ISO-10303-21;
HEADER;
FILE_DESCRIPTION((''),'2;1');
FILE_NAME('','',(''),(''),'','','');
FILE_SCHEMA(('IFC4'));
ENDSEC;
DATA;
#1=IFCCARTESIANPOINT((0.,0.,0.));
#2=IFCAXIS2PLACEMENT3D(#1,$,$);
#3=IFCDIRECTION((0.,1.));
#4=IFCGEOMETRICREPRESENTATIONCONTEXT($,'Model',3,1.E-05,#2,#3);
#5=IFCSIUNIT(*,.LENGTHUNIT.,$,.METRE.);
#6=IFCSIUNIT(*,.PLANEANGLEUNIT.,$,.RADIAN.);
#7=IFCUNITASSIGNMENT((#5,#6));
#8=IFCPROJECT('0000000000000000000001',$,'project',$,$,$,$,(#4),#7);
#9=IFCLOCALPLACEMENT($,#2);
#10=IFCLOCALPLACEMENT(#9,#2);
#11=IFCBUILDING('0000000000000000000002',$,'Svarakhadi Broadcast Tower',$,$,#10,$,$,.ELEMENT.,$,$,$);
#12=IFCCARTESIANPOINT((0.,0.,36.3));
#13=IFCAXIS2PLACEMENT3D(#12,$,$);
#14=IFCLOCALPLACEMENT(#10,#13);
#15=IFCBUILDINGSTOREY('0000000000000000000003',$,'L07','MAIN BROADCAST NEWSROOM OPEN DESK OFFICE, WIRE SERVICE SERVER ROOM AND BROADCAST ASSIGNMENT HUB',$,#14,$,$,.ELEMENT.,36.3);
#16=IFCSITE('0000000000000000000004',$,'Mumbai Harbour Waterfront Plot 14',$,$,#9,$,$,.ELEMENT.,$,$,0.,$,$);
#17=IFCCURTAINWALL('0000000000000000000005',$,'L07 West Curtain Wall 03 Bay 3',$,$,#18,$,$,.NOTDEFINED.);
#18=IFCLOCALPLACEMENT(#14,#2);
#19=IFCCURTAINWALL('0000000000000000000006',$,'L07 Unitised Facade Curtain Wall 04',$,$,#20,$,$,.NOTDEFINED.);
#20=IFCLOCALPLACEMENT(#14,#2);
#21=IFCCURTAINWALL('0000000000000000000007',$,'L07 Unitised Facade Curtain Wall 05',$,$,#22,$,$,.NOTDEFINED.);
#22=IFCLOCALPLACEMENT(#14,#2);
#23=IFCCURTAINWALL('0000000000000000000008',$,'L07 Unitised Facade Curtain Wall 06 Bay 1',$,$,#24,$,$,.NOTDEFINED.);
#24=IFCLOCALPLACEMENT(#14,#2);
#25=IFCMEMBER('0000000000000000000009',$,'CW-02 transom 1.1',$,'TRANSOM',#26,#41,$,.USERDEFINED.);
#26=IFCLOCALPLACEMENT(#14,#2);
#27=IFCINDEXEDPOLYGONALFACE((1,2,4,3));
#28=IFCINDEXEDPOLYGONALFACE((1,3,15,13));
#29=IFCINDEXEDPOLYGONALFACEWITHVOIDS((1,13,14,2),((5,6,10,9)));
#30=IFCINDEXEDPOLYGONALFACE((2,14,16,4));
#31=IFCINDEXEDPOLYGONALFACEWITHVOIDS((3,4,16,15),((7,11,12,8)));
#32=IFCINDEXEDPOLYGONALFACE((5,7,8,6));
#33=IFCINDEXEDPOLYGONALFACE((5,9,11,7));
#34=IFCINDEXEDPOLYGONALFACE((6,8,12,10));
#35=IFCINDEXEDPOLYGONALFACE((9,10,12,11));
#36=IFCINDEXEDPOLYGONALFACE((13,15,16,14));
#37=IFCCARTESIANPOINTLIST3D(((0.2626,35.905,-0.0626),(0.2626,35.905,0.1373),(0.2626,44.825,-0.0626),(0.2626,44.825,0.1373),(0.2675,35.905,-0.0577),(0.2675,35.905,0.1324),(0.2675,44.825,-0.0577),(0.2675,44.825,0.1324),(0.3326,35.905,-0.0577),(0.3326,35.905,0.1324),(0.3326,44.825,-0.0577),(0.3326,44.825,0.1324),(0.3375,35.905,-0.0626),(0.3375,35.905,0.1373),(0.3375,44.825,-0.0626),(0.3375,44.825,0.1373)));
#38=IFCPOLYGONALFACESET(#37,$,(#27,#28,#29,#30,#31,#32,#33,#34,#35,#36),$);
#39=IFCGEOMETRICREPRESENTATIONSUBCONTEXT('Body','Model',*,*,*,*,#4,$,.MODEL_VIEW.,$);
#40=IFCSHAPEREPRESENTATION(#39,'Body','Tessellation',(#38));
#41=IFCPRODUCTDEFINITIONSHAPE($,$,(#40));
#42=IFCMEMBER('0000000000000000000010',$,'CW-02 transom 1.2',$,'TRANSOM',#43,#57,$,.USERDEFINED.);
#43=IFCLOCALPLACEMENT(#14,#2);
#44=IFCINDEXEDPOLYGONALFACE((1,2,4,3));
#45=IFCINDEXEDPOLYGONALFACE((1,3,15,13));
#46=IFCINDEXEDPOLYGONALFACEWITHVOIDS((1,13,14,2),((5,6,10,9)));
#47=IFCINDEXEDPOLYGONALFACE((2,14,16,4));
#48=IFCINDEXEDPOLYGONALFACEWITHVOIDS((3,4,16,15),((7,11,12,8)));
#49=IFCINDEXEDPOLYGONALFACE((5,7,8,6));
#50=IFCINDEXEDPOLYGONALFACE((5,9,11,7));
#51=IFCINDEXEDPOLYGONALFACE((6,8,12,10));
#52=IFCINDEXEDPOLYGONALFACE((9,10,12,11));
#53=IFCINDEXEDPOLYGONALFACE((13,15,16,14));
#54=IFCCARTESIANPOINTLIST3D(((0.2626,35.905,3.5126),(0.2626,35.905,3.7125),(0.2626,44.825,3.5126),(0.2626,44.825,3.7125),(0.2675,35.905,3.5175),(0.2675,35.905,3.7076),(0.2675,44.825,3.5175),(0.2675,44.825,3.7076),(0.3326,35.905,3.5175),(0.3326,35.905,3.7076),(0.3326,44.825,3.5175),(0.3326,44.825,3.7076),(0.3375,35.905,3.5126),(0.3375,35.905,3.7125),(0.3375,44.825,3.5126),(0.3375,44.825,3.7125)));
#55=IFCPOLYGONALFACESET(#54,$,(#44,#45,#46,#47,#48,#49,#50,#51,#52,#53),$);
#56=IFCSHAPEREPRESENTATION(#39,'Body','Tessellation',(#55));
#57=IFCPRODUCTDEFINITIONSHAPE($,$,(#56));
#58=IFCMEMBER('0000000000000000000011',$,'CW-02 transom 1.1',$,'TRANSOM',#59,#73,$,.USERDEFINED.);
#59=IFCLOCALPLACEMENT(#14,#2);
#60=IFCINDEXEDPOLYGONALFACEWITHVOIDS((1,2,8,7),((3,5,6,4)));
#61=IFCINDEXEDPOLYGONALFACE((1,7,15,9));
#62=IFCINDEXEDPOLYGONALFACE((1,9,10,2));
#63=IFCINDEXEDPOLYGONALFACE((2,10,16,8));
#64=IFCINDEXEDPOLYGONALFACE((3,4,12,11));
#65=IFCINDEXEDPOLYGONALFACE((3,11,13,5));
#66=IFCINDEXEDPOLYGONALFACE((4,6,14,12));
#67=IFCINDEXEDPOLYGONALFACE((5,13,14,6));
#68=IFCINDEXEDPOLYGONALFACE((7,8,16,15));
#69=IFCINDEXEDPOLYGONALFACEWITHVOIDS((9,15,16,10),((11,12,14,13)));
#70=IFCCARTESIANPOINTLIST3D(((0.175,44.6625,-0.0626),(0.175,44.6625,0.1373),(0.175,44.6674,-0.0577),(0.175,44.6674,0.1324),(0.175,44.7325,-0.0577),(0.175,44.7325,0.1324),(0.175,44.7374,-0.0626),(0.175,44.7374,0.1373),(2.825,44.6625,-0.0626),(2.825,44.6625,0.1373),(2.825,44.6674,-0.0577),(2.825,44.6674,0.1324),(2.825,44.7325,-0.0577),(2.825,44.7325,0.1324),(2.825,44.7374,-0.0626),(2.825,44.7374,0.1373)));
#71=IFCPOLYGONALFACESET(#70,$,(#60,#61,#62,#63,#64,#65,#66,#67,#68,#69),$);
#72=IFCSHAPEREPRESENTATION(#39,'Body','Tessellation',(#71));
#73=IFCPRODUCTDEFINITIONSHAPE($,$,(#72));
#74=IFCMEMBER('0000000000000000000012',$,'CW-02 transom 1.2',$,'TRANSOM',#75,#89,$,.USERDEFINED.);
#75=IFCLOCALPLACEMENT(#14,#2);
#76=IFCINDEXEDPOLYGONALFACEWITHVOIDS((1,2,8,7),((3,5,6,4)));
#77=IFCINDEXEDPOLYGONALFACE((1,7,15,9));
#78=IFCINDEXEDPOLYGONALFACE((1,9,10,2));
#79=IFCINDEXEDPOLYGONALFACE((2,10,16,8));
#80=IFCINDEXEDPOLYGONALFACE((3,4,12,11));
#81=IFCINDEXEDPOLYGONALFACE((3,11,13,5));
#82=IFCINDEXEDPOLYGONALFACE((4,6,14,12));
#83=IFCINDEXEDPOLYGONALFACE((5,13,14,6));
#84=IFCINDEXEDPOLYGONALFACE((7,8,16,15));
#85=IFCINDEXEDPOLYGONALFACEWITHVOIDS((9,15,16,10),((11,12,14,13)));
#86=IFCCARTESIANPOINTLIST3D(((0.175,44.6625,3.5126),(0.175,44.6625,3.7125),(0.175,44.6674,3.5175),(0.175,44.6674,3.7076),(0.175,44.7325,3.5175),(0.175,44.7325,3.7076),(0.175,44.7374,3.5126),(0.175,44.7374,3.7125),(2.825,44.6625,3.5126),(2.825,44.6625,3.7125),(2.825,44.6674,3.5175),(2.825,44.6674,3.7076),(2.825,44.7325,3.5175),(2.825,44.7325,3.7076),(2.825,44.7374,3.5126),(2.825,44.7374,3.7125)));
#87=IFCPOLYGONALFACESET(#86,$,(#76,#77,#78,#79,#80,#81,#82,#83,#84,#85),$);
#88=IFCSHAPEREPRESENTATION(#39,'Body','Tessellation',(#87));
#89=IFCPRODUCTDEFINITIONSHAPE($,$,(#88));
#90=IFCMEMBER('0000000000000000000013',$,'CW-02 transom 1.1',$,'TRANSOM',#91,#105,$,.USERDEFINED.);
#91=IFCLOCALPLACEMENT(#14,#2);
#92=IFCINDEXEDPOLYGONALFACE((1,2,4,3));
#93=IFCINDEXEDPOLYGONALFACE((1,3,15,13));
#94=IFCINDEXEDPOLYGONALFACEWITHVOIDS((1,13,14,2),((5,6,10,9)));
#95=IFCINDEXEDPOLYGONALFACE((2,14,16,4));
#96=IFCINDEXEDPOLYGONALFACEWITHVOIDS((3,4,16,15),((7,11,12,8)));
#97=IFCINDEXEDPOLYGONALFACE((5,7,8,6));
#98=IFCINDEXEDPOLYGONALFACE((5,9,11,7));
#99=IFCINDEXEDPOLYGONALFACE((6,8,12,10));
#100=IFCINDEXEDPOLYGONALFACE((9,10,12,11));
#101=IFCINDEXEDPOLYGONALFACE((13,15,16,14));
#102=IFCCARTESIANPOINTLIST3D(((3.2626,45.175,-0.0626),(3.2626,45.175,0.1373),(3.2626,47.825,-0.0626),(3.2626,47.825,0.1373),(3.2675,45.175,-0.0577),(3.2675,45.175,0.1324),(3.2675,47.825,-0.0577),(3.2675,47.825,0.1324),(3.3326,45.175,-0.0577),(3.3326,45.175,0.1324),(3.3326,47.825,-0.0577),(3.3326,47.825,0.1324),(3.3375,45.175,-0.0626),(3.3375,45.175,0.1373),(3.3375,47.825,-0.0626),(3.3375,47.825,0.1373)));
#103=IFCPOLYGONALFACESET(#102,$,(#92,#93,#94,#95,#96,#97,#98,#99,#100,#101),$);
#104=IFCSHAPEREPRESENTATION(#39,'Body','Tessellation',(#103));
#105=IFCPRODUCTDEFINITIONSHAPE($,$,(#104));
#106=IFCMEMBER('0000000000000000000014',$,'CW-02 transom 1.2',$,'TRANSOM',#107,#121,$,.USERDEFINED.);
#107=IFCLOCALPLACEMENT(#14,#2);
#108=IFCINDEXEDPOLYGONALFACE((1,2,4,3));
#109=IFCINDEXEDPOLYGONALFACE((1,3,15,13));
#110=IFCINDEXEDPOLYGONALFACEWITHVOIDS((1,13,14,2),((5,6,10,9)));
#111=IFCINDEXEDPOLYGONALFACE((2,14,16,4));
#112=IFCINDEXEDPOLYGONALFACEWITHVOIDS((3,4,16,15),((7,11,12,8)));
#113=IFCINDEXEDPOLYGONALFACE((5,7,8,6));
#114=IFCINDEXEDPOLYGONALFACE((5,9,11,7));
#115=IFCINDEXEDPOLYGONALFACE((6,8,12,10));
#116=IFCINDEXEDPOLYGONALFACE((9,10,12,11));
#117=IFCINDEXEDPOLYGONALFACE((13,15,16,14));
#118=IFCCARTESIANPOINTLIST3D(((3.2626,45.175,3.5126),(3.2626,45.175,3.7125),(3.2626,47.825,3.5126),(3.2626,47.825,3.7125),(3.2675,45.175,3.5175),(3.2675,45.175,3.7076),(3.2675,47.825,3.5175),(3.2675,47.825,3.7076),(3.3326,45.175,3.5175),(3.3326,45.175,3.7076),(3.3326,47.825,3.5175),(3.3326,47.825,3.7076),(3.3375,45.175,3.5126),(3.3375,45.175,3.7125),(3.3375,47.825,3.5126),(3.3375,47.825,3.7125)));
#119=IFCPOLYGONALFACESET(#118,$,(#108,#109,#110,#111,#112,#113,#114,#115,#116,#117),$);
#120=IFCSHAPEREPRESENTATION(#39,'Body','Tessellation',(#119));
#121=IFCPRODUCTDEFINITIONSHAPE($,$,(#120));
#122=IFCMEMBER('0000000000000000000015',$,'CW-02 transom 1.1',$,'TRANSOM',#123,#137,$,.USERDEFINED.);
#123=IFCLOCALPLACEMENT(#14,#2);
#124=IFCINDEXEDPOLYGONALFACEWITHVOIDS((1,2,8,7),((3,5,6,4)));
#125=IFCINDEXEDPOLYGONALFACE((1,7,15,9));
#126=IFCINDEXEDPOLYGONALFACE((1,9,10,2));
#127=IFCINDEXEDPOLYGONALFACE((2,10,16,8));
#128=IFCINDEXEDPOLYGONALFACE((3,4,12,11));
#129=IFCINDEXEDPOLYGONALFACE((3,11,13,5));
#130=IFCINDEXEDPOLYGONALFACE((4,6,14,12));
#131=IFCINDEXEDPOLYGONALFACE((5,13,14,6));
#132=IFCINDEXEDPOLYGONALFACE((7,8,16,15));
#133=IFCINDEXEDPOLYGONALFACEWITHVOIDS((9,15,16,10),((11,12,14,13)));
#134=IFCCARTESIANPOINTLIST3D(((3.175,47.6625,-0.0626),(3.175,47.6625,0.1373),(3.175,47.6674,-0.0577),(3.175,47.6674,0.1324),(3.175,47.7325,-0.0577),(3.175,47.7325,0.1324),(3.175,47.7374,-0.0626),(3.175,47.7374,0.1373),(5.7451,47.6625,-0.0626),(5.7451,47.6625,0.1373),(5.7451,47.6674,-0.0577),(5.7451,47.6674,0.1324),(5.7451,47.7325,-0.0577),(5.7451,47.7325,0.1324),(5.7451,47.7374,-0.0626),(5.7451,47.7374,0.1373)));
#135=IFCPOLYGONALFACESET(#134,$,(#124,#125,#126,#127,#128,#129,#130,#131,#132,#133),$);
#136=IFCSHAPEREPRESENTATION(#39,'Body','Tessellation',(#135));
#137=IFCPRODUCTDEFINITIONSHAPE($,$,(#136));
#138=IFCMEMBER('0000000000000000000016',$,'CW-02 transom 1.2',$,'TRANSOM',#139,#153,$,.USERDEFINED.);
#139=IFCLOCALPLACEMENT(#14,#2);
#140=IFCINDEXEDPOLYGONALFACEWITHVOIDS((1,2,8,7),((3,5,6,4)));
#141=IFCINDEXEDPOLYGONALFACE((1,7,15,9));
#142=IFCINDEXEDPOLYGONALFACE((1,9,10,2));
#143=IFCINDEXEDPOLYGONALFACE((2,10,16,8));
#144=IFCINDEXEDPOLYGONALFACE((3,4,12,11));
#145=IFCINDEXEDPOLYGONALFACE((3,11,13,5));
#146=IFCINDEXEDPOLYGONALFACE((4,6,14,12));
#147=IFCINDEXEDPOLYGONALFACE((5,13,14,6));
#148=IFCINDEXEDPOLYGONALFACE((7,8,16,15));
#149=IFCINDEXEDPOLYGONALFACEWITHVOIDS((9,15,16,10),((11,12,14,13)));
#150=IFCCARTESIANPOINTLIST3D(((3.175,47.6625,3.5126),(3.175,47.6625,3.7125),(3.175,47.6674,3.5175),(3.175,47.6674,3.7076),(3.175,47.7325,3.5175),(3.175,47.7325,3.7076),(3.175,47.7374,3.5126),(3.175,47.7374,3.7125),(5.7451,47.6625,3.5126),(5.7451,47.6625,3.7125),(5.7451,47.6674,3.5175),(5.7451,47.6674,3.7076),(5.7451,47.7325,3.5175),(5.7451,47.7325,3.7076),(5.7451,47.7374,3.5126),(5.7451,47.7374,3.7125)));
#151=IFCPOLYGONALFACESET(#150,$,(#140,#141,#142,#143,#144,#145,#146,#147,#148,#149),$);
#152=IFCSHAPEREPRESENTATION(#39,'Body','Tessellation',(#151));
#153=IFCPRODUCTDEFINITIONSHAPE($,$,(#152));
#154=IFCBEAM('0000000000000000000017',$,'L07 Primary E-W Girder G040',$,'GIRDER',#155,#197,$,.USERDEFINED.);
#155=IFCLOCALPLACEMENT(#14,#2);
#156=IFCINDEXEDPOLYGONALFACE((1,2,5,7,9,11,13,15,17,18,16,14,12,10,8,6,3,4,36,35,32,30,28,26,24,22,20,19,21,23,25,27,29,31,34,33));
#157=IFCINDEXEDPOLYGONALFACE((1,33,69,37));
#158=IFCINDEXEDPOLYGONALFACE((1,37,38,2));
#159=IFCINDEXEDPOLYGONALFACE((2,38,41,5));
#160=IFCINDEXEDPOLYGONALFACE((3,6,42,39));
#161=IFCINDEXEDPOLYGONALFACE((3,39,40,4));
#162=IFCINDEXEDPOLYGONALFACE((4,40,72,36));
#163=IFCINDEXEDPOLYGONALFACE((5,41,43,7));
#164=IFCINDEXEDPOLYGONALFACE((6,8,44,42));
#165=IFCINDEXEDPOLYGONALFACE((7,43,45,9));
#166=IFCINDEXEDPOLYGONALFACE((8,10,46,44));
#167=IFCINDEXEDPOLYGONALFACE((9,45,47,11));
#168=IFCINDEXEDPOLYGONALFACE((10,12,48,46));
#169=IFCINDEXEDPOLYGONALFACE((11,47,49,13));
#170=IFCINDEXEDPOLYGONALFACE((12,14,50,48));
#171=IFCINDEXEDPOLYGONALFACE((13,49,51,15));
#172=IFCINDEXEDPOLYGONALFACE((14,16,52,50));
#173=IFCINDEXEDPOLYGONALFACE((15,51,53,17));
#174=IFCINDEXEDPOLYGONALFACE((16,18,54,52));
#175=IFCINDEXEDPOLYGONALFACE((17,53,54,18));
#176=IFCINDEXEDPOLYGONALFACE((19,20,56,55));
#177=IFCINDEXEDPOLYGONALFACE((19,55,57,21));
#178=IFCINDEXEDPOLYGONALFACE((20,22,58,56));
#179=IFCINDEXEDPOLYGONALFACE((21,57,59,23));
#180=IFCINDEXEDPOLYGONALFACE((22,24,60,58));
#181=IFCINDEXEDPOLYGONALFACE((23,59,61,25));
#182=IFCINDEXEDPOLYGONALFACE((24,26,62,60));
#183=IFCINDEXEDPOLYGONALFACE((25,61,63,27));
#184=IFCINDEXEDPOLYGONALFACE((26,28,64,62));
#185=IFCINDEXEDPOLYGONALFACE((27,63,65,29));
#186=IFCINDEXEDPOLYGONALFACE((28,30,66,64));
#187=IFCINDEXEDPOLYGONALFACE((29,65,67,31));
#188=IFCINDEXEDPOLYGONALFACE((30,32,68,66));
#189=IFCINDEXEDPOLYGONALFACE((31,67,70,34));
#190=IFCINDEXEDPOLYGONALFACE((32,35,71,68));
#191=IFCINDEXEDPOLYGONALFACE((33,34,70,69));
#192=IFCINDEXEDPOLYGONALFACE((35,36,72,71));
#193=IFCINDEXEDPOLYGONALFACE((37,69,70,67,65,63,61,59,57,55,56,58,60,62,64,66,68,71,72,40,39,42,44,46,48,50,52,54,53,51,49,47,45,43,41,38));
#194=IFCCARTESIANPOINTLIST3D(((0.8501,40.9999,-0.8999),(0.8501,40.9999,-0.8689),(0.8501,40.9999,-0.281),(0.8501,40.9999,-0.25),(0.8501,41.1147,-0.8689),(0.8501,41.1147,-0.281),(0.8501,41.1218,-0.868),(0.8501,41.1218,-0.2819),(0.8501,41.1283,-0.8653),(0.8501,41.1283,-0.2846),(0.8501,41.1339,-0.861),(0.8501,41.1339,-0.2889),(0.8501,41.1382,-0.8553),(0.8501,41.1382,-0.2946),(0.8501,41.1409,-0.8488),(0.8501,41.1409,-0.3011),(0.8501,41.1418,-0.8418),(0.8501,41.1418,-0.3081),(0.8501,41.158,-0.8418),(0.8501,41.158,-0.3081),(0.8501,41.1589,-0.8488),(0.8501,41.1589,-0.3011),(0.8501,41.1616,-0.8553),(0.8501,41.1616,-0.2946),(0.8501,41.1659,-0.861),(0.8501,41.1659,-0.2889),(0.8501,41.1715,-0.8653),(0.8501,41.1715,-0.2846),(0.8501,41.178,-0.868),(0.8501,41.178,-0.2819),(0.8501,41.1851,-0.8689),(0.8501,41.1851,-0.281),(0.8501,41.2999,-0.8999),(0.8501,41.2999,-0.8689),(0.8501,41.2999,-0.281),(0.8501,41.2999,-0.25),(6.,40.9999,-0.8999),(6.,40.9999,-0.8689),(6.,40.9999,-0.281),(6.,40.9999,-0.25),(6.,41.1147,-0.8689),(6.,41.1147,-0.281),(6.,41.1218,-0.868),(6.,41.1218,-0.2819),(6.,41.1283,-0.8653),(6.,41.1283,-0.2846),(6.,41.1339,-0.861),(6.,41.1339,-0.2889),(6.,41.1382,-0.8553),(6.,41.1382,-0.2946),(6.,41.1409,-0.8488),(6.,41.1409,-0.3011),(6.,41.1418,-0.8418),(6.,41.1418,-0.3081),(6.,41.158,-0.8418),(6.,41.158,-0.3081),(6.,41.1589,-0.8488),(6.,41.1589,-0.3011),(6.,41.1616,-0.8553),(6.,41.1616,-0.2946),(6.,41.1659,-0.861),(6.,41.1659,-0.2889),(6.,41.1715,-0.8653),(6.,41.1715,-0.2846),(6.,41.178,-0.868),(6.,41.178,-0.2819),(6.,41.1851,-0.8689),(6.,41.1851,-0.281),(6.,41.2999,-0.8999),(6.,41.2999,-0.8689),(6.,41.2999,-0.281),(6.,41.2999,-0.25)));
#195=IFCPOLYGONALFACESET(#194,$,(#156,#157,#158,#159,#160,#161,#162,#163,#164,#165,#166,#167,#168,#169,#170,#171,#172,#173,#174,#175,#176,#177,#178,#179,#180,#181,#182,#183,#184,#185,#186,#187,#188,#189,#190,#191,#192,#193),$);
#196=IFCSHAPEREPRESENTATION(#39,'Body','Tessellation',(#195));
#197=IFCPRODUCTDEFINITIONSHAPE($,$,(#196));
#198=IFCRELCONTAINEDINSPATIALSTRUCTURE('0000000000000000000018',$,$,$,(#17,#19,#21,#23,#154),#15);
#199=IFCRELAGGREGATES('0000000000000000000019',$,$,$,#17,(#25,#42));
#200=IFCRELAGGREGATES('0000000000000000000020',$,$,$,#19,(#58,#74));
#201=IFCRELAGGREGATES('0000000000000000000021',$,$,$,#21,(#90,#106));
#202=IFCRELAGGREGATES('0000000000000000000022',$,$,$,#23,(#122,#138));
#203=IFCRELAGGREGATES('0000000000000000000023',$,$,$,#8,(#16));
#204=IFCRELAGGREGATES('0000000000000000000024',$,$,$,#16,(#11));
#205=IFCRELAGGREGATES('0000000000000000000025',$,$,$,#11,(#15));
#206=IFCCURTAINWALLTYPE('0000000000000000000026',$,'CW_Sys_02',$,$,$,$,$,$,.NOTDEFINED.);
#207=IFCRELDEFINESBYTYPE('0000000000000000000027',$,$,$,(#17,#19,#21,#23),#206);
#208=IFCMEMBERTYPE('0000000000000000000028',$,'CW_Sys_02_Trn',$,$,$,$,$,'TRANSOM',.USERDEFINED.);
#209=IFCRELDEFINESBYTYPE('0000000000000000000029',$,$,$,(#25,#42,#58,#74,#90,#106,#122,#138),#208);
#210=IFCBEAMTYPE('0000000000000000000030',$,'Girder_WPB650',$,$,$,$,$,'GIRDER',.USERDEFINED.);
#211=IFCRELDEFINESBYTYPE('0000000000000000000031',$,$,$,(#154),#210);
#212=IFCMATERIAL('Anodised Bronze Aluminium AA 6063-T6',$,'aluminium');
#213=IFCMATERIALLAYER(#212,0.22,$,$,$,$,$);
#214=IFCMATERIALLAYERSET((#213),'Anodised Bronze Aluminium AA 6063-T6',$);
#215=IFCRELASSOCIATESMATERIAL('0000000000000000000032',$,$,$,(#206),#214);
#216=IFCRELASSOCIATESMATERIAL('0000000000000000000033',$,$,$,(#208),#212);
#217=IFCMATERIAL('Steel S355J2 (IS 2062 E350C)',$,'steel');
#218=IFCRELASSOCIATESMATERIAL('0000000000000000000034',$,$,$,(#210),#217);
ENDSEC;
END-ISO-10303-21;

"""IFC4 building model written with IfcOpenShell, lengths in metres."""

from ifc_helpers import new_model, si_unit, direction, frame, origin, origin_2d, place, context, subcontext, project, spatial, hollow_rectangle, i_section, extrude, material, layer, layer_set, material_profile, profile_set, type_object, element, aggregate, save


model = new_model("IFC4")

# Units and contexts
model_context = context("Model", 3, precision=1e-05, world=origin(), true_north=direction((0.0, 1.0)))
body_context = subcontext(model_context, "Body", "Model", "MODEL_VIEW")
ifc_project = project(units=[si_unit("LENGTHUNIT", "METRE"), si_unit("PLANEANGLEUNIT", "RADIAN")], contexts=[model_context])

# Site, building, storey
site_placement = place(None, origin())
site = spatial("IfcSite", under=ifc_project, at=site_placement, Name="Mumbai Harbour Waterfront Plot 14", CompositionType="ELEMENT", RefElevation=0.0)
building_placement = place(site_placement, origin())
building = spatial("IfcBuilding", under=site, at=building_placement, Name="Svarakhadi Broadcast Tower", CompositionType="ELEMENT")
storey_placement = place(building_placement, frame((0.0, 0.0, 36.3)))
storey = spatial("IfcBuildingStorey", under=building, at=storey_placement, Name="L07", Description="MAIN BROADCAST NEWSROOM OPEN DESK OFFICE, WIRE SERVICE SERVER ROOM AND BROADCAST ASSIGNMENT HUB", CompositionType="ELEMENT", Elevation=36.3)

# Shared definitions
ifc_material_1 = material(Name="Steel S355J2 (IS 2062 E350C)", Category="steel")

# Curtain walls
ifc_material_2 = material(Name="Anodised Bronze Aluminium AA 6063-T6", Category="aluminium")
ifc_layer_1 = layer(ifc_material_2, 0.22)
ifc_layer_set_1 = layer_set([ifc_layer_1], Name="Anodised Bronze Aluminium AA 6063-T6")
curtain_wall_type = type_object("IfcCurtainWallType", Name="CW_Sys_02", PredefinedType="NOTDEFINED", material=ifc_layer_set_1)
curtain_wall_1_placement = place(storey_placement, origin())
curtain_wall_1 = element("IfcCurtainWall", 1, at=curtain_wall_1_placement, inside=storey, type_object=curtain_wall_type, Name="L07 West Curtain Wall 03 Bay 3", PredefinedType="NOTDEFINED")
curtain_wall_2_placement = place(storey_placement, origin())
curtain_wall_2 = element("IfcCurtainWall", 2, at=curtain_wall_2_placement, inside=storey, type_object=curtain_wall_type, Name="L07 Unitised Facade Curtain Wall 04", PredefinedType="NOTDEFINED")
curtain_wall_3_placement = place(storey_placement, origin())
curtain_wall_3 = element("IfcCurtainWall", 3, at=curtain_wall_3_placement, inside=storey, type_object=curtain_wall_type, Name="L07 Unitised Facade Curtain Wall 05", PredefinedType="NOTDEFINED")
curtain_wall_4_placement = place(storey_placement, origin())
curtain_wall_4 = element("IfcCurtainWall", 4, at=curtain_wall_4_placement, inside=storey, type_object=curtain_wall_type, Name="L07 Unitised Facade Curtain Wall 06 Bay 1", PredefinedType="NOTDEFINED")

# Members
ifc_material_profile_1 = material_profile(ifc_material_2, hollow_rectangle(XDim=0.075, YDim=0.2, WallThickness=0.0049, at=origin_2d()), Name="ALU TRANSOM 200x75x5")
ifc_profile_set_1 = profile_set([ifc_material_profile_1], Name="Anodised Bronze Aluminium AA 6063-T6")
member_type_1 = type_object("IfcMemberType", Name="CW_Sys_02_Trn", ElementType="TRANSOM", PredefinedType="USERDEFINED", material=ifc_profile_set_1)
member_1_placement = place(storey_placement, frame((0.3, 35.905, 0.0374), z_axis=(0.0, 1.0, 0.0), x_axis=(-1.0, 0.0, 0.0)))
member_1 = element("IfcMember", 5, at=member_1_placement, type_object=member_type_1, Name="CW-02 transom 1.1", ObjectType="TRANSOM", PredefinedType="USERDEFINED", context=body_context, shape_type="SweptSolid", body=[
    extrude(hollow_rectangle(XDim=0.075, YDim=0.2, WallThickness=0.0049, at=origin_2d()), origin(), (0.0, 0.0, 1.0), 8.9199),
])
member_2_placement = place(storey_placement, frame((0.3, 35.905, 3.6125), z_axis=(0.0, 1.0, 0.0), x_axis=(-1.0, 0.0, 0.0)))
member_2 = element("IfcMember", 6, at=member_2_placement, type_object=member_type_1, Name="CW-02 transom 1.2", ObjectType="TRANSOM", PredefinedType="USERDEFINED", context=body_context, shape_type="SweptSolid", body=[
    extrude(hollow_rectangle(XDim=0.075, YDim=0.2, WallThickness=0.0049, at=origin_2d()), origin(), (0.0, 0.0, 1.0), 8.9199),
])
member_3_placement = place(storey_placement, frame((0.175, 44.7, 0.0374), z_axis=(1.0, 0.0, 0.0), x_axis=(0.0, 1.0, 0.0)))
member_3 = element("IfcMember", 7, at=member_3_placement, type_object=member_type_1, Name="CW-02 transom 1.1", ObjectType="TRANSOM", PredefinedType="USERDEFINED", context=body_context, shape_type="SweptSolid", body=[
    extrude(hollow_rectangle(XDim=0.075, YDim=0.2, WallThickness=0.0049, at=origin_2d()), origin(), (0.0, 0.0, 1.0), 2.6499),
])
member_4_placement = place(storey_placement, frame((0.175, 44.7, 3.6125), z_axis=(1.0, 0.0, 0.0), x_axis=(0.0, 1.0, 0.0)))
member_4 = element("IfcMember", 8, at=member_4_placement, type_object=member_type_1, Name="CW-02 transom 1.2", ObjectType="TRANSOM", PredefinedType="USERDEFINED", context=body_context, shape_type="SweptSolid", body=[
    extrude(hollow_rectangle(XDim=0.075, YDim=0.2, WallThickness=0.0049, at=origin_2d()), origin(), (0.0, 0.0, 1.0), 2.6499),
])
member_5_placement = place(storey_placement, frame((3.3, 45.175, 0.0374), z_axis=(0.0, 1.0, 0.0), x_axis=(-1.0, 0.0, 0.0)))
member_5 = element("IfcMember", 9, at=member_5_placement, type_object=member_type_1, Name="CW-02 transom 1.1", ObjectType="TRANSOM", PredefinedType="USERDEFINED", context=body_context, shape_type="SweptSolid", body=[
    extrude(hollow_rectangle(XDim=0.075, YDim=0.2, WallThickness=0.0049, at=origin_2d()), origin(), (0.0, 0.0, 1.0), 2.6499),
])
member_6_placement = place(storey_placement, frame((3.3, 45.175, 3.6125), z_axis=(0.0, 1.0, 0.0), x_axis=(-1.0, 0.0, 0.0)))
member_6 = element("IfcMember", 10, at=member_6_placement, type_object=member_type_1, Name="CW-02 transom 1.2", ObjectType="TRANSOM", PredefinedType="USERDEFINED", context=body_context, shape_type="SweptSolid", body=[
    extrude(hollow_rectangle(XDim=0.075, YDim=0.2, WallThickness=0.0049, at=origin_2d()), origin(), (0.0, 0.0, 1.0), 2.6499),
])
member_7_placement = place(storey_placement, frame((3.175, 47.7, 0.0374), z_axis=(1.0, 0.0, 0.0), x_axis=(0.0, 1.0, 0.0)))
member_7 = element("IfcMember", 11, at=member_7_placement, type_object=member_type_1, Name="CW-02 transom 1.1", ObjectType="TRANSOM", PredefinedType="USERDEFINED", context=body_context, shape_type="SweptSolid", body=[
    extrude(hollow_rectangle(XDim=0.075, YDim=0.2, WallThickness=0.0049, at=origin_2d()), origin(), (0.0, 0.0, 1.0), 2.5701),
])
member_8_placement = place(storey_placement, frame((3.175, 47.7, 3.6125), z_axis=(1.0, 0.0, 0.0), x_axis=(0.0, 1.0, 0.0)))
member_8 = element("IfcMember", 12, at=member_8_placement, type_object=member_type_1, Name="CW-02 transom 1.2", ObjectType="TRANSOM", PredefinedType="USERDEFINED", context=body_context, shape_type="SweptSolid", body=[
    extrude(hollow_rectangle(XDim=0.075, YDim=0.2, WallThickness=0.0049, at=origin_2d()), origin(), (0.0, 0.0, 1.0), 2.5701),
])

# Beam
ifc_material_profile_2 = material_profile(ifc_material_1, i_section(OverallWidth=0.3, OverallDepth=0.6499, WebThickness=0.0161, FlangeThickness=0.031, FilletRadius=0.0271, at=origin_2d()), Name="WPB 650x300x225")
ifc_profile_set_2 = profile_set([ifc_material_profile_2], Name="Steel S355J2 (IS 2062 E350C)")
beam_type_1 = type_object("IfcBeamType", Name="Girder_WPB650", ElementType="GIRDER", PredefinedType="USERDEFINED", material=ifc_profile_set_2)
beam_1_placement = place(storey_placement, frame((0.8501, 41.1499, -0.575), z_axis=(1.0, 0.0, 0.0), x_axis=(0.0, 1.0, 0.0)))
element("IfcBeam", 13, at=beam_1_placement, inside=storey, type_object=beam_type_1, Name="L07 Primary E-W Girder G040", ObjectType="GIRDER", PredefinedType="USERDEFINED", context=body_context, shape_type="SweptSolid", body=[
    extrude(i_section(OverallWidth=0.3, OverallDepth=0.6499, WebThickness=0.0161, FlangeThickness=0.031, FilletRadius=0.0271, at=origin_2d()), origin(), (0.0, 0.0, 1.0), 5.1499),
])

aggregate(curtain_wall_1, [member_1, member_2])
aggregate(curtain_wall_2, [member_3, member_4])
aggregate(curtain_wall_3, [member_5, member_6])
aggregate(curtain_wall_4, [member_7, member_8])

save(model, "model.ifc")
